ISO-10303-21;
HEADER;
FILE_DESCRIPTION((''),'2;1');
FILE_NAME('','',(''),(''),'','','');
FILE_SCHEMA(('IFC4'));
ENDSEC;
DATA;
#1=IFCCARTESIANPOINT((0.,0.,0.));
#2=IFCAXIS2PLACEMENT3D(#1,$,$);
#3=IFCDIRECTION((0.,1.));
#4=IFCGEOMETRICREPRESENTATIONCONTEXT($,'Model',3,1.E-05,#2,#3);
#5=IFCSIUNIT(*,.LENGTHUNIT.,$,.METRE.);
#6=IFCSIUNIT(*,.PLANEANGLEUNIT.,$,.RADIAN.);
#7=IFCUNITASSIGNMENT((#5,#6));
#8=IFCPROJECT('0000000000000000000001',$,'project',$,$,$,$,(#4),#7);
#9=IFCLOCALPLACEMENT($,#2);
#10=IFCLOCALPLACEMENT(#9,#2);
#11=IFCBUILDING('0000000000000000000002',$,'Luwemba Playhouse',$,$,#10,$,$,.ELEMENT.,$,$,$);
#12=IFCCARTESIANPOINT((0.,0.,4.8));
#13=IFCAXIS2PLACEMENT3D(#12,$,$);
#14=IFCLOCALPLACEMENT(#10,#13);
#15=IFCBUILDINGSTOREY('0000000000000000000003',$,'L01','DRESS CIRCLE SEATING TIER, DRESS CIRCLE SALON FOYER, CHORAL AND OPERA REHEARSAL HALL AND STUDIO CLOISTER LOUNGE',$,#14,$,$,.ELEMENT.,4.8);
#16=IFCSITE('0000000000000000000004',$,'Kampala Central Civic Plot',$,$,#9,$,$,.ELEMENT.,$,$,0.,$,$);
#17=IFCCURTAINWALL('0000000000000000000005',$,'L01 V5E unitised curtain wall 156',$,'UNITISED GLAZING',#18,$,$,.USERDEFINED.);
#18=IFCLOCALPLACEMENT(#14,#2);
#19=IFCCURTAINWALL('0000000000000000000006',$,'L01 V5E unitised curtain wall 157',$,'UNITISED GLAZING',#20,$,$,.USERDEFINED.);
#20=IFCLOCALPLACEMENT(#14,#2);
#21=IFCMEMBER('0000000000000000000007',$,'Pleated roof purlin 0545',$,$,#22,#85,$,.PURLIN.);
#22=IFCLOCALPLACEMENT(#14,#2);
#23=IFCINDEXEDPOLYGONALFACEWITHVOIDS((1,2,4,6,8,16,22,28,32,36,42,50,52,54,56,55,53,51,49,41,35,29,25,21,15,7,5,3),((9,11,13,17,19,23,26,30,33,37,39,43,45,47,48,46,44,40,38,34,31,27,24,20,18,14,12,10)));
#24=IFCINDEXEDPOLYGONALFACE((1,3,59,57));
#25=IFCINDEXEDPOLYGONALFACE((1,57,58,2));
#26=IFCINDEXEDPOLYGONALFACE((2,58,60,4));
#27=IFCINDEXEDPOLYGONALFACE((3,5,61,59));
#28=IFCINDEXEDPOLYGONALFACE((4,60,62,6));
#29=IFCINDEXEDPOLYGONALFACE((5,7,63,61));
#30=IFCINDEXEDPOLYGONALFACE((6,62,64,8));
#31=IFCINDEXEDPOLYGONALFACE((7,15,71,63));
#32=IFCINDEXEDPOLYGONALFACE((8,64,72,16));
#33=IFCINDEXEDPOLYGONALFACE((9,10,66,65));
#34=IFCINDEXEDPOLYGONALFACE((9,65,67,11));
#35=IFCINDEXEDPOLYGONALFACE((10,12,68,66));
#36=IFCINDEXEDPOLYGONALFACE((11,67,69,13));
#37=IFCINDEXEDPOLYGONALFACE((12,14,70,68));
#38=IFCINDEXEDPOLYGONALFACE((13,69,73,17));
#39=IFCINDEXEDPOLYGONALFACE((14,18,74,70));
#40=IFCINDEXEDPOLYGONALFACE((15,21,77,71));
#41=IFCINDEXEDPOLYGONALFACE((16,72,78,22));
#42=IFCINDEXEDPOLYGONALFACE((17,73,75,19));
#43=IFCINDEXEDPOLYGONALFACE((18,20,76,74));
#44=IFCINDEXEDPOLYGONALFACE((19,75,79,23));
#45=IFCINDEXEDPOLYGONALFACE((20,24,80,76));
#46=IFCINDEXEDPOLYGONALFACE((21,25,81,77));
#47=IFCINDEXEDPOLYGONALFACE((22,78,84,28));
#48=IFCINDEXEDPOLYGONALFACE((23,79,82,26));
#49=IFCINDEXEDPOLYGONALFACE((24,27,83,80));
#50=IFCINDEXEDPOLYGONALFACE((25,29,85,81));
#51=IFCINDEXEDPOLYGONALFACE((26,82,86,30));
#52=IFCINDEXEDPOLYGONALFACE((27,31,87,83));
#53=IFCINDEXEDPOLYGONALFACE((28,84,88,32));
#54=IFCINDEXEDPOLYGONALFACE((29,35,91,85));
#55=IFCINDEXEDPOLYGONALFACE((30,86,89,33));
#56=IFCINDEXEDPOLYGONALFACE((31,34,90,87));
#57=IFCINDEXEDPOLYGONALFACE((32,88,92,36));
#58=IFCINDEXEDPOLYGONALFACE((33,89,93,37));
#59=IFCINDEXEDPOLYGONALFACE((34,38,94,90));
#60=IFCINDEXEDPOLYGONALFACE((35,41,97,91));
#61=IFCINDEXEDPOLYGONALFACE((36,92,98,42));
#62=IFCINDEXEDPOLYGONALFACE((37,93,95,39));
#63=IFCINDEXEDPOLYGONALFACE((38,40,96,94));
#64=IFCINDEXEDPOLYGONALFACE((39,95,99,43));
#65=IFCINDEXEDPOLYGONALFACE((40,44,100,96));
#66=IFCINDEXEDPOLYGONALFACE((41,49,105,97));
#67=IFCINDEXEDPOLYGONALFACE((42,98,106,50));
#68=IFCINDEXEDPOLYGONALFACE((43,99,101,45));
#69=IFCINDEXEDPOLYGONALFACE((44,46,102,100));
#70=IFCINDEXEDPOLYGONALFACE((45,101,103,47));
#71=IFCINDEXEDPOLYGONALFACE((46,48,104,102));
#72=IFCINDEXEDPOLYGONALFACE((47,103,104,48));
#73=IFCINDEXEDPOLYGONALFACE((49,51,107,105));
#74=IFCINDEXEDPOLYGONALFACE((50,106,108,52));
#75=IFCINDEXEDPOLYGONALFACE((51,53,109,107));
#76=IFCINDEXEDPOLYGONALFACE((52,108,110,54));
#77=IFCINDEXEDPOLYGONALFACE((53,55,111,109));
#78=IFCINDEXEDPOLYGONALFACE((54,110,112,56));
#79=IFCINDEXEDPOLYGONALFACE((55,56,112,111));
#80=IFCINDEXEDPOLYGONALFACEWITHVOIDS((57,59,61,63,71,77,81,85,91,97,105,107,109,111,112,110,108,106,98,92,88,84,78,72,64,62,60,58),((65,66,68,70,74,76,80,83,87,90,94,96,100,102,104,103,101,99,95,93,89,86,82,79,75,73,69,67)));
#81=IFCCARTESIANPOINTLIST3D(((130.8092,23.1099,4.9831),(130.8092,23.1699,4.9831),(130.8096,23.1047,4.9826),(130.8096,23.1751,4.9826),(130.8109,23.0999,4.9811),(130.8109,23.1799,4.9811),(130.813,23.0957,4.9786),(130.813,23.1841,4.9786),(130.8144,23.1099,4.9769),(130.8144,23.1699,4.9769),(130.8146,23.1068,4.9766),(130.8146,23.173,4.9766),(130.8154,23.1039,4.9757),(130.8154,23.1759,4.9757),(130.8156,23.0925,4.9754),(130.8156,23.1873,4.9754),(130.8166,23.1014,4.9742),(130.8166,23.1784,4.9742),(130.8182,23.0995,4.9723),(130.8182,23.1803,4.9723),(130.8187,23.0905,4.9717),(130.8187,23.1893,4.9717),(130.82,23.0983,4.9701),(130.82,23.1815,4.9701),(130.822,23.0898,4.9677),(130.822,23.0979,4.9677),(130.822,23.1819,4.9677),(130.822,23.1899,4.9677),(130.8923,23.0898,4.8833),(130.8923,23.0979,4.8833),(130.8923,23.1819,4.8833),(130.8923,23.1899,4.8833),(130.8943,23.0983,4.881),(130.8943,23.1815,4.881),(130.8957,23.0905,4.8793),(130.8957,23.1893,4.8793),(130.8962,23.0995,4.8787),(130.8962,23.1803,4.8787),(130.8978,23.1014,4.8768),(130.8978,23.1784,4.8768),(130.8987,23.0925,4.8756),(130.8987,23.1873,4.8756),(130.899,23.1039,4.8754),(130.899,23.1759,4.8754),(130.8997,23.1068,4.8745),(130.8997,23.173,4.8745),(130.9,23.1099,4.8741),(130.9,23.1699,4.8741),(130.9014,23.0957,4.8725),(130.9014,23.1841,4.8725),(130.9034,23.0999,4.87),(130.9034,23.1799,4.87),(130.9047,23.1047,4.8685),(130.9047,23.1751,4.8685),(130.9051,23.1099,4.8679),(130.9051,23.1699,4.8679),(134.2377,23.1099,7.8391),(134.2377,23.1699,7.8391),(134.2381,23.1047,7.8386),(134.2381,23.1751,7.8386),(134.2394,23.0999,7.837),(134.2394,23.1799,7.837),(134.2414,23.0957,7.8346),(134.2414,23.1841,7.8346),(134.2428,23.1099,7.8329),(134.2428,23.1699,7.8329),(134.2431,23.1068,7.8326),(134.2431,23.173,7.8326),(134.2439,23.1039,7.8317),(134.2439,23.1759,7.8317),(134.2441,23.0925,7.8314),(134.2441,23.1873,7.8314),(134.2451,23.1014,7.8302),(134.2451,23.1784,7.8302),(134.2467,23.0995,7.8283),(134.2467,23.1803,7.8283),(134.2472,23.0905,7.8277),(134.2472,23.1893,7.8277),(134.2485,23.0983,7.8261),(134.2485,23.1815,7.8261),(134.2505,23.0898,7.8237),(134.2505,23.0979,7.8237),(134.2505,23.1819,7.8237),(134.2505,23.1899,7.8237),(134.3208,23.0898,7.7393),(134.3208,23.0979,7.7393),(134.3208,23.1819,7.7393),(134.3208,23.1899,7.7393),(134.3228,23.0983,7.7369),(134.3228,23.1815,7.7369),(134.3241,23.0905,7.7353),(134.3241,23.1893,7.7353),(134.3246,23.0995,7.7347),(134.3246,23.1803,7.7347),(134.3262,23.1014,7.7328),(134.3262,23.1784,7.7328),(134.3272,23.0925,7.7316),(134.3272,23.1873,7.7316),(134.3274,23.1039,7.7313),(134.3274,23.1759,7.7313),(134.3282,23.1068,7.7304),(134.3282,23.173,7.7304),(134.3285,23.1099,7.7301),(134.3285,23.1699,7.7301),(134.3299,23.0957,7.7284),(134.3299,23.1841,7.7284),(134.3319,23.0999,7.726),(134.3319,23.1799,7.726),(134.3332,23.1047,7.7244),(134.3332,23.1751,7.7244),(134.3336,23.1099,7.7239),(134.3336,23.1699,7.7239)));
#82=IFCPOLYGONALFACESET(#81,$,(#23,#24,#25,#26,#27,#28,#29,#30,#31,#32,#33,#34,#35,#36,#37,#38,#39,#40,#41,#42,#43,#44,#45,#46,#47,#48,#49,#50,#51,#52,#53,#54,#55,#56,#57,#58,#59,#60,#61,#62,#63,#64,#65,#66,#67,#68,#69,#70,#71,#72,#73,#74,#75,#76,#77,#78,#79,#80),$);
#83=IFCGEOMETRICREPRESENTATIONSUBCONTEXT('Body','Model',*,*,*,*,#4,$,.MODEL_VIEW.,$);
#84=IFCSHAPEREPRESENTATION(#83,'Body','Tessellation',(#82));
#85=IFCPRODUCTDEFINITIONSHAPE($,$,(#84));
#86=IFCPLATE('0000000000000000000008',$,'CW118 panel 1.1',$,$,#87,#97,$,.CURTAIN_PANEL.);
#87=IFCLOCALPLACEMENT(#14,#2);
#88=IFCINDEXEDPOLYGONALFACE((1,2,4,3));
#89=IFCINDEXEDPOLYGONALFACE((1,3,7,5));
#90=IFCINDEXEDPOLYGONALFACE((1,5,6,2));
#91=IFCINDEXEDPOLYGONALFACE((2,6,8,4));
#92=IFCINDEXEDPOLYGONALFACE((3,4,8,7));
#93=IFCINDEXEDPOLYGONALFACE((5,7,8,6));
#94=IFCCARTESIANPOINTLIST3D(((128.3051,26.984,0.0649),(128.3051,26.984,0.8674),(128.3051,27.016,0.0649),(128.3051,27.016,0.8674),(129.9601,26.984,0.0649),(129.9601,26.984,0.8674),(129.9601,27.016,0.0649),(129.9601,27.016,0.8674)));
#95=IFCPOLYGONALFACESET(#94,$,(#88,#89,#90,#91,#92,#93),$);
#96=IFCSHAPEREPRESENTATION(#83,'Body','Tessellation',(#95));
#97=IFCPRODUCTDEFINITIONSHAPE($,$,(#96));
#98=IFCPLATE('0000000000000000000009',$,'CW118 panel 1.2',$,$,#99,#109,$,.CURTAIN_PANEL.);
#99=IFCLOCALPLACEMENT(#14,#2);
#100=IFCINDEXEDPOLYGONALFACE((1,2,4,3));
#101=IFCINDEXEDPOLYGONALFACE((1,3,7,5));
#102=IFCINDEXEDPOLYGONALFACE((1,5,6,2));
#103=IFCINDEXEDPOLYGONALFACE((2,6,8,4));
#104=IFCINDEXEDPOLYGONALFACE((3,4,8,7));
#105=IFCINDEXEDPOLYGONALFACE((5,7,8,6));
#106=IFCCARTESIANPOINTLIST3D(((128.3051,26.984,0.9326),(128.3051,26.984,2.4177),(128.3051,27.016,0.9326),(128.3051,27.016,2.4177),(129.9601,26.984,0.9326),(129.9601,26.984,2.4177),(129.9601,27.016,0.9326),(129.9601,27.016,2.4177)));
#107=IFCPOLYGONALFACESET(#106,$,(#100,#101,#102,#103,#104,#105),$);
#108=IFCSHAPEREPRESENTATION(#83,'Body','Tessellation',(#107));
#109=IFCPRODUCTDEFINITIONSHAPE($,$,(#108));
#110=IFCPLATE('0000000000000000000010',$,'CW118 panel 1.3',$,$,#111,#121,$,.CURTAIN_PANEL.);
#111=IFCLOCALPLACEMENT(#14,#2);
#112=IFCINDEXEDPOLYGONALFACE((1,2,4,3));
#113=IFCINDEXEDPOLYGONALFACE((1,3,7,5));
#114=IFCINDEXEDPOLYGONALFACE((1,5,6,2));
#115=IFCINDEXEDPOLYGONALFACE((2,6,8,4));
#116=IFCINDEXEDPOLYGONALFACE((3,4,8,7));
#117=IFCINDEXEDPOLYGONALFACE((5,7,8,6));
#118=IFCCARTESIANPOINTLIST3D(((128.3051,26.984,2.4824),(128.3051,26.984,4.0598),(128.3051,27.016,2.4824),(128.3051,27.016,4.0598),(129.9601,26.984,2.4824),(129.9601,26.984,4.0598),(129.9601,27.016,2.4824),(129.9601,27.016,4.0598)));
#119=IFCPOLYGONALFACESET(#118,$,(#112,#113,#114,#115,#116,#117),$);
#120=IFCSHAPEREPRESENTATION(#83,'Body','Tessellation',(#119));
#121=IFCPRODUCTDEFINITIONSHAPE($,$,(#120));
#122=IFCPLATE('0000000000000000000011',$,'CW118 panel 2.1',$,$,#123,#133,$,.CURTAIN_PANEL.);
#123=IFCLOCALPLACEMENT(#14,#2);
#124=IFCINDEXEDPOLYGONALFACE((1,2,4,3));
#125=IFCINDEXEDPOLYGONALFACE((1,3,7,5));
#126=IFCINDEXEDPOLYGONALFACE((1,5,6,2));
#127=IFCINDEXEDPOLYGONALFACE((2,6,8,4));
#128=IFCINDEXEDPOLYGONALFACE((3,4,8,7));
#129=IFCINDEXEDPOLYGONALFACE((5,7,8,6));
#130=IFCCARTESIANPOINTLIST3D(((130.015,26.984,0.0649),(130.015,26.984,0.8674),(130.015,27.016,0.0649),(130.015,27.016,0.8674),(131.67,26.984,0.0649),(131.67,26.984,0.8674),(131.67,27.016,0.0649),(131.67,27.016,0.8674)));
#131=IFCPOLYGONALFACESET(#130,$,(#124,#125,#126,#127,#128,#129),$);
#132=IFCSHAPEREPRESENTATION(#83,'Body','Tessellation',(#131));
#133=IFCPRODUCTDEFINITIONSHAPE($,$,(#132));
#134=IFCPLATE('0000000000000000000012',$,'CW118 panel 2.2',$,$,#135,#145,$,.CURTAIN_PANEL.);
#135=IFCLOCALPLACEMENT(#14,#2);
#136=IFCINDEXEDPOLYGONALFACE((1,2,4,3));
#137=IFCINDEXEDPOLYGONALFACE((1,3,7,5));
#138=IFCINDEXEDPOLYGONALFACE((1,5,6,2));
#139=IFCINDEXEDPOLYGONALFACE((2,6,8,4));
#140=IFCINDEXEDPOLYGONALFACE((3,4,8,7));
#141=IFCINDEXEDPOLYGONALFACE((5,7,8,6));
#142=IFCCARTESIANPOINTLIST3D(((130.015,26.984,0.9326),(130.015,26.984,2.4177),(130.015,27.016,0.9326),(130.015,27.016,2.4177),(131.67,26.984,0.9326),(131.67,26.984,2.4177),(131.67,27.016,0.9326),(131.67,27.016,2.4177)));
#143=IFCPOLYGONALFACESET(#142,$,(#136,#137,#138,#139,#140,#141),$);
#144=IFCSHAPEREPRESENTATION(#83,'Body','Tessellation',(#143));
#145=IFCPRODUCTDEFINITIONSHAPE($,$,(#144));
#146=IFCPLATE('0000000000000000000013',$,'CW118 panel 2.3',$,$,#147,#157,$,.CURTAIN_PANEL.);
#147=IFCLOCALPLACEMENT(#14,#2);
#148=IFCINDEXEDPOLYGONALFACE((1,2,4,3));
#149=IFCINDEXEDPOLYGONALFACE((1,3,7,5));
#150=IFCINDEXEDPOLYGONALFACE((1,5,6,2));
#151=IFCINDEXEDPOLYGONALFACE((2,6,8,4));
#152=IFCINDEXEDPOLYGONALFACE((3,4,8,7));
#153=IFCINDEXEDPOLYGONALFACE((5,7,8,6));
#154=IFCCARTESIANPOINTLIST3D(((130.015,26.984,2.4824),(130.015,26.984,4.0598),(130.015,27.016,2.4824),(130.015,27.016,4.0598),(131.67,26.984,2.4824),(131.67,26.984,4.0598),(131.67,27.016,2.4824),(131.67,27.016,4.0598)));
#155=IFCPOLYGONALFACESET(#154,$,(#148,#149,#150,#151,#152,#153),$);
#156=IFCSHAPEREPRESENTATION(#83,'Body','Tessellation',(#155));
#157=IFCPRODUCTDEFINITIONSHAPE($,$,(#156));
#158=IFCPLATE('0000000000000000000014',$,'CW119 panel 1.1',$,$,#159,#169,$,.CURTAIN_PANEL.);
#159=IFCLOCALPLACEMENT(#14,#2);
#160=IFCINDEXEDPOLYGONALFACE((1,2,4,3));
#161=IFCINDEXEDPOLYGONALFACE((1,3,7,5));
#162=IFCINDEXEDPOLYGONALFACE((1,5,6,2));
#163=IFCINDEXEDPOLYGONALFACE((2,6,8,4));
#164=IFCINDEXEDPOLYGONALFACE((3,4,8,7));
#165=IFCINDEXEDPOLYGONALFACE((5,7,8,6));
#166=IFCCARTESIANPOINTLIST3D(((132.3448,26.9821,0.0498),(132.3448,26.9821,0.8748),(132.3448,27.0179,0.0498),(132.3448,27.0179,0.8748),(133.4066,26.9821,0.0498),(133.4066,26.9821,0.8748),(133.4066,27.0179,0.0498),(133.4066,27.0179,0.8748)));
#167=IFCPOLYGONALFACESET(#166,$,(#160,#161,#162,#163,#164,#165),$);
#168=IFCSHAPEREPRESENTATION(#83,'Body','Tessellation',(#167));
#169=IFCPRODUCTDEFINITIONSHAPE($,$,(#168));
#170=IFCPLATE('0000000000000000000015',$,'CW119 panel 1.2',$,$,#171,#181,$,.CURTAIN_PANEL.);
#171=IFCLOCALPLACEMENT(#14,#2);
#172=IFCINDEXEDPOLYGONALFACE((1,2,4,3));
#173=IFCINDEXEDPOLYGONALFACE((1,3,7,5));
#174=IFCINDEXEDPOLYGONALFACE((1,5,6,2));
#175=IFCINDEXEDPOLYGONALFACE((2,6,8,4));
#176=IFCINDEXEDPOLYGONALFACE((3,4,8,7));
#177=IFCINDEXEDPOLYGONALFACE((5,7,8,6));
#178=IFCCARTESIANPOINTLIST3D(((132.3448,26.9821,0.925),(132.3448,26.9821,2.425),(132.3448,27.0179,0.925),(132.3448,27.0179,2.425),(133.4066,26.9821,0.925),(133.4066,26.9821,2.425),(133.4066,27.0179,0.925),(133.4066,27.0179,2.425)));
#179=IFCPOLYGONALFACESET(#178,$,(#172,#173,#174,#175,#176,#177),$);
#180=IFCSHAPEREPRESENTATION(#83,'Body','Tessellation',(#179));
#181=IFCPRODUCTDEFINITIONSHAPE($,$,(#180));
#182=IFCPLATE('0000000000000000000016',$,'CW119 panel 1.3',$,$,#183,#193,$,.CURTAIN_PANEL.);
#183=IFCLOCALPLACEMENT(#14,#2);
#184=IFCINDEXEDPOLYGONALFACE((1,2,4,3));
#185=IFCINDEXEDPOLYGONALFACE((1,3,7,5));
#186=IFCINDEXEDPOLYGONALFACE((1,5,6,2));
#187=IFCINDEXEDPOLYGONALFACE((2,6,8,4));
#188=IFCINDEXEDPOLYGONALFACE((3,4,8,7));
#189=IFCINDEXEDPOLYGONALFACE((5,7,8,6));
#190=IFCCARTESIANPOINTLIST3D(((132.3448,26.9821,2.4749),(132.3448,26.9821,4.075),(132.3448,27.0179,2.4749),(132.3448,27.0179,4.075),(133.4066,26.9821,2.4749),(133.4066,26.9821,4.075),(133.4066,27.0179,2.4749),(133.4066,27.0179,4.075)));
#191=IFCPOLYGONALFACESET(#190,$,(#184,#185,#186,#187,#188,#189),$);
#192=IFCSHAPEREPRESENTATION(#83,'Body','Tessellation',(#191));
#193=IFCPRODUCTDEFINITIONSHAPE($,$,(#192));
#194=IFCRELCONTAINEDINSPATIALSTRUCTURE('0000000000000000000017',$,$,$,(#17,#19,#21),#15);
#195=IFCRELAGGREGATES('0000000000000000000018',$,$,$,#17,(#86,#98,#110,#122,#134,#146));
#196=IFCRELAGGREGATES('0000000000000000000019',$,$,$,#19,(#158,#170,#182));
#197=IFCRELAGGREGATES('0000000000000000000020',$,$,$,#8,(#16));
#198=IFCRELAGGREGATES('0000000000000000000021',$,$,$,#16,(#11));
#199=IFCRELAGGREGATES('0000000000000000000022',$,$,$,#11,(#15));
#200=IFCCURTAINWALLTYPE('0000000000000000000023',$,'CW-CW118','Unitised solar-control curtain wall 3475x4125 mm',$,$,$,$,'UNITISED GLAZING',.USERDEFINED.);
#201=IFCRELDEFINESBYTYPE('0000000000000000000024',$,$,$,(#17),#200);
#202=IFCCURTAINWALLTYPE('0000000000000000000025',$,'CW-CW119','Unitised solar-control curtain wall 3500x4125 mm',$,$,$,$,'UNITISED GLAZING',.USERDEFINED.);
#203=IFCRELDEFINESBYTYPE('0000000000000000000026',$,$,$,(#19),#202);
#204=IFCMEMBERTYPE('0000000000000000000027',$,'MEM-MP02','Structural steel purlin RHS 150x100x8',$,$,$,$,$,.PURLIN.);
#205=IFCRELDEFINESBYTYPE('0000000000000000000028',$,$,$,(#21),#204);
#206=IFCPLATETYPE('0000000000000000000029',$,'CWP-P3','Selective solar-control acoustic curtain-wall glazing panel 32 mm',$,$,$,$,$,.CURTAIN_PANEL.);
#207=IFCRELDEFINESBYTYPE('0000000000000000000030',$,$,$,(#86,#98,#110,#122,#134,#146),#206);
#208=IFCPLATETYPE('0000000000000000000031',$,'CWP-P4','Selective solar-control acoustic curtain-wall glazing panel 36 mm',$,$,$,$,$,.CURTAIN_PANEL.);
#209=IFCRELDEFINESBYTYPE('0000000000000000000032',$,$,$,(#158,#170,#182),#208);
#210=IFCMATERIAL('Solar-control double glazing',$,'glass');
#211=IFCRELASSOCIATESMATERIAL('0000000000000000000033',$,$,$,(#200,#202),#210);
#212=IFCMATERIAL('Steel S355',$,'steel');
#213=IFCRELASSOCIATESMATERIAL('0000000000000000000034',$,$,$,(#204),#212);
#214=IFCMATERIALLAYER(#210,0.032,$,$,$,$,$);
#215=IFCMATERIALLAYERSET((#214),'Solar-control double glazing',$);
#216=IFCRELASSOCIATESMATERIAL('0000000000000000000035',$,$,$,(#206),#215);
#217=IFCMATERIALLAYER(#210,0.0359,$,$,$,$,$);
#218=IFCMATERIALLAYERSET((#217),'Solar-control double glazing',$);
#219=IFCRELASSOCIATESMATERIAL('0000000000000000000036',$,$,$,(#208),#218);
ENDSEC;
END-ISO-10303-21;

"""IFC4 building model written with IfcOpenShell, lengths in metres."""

from ifc_helpers import new_model, si_unit, direction, frame, origin, origin_2d, place, context, subcontext, project, spatial, rectangle, hollow_rectangle, extrude, material, layer, layer_set, material_profile, profile_set, type_object, element, aggregate, save


model = new_model("IFC4")

# Units and contexts
model_context = context("Model", 3, precision=1e-05, world=origin(), true_north=direction((0.0, 1.0)))
body_context = subcontext(model_context, "Body", "Model", "MODEL_VIEW")
ifc_project = project(units=[si_unit("LENGTHUNIT", "METRE"), si_unit("PLANEANGLEUNIT", "RADIAN")], contexts=[model_context])

# Site, building, storey
site_placement = place(None, origin())
site = spatial("IfcSite", under=ifc_project, at=site_placement, Name="Kampala Central Civic Plot", CompositionType="ELEMENT", RefElevation=0.0)
building_placement = place(site_placement, origin())
building = spatial("IfcBuilding", under=site, at=building_placement, Name="Luwemba Playhouse", CompositionType="ELEMENT")
storey_placement = place(building_placement, frame((0.0, 0.0, 4.8)))
storey = spatial("IfcBuildingStorey", under=building, at=storey_placement, Name="L01", Description="DRESS CIRCLE SEATING TIER, DRESS CIRCLE SALON FOYER, CHORAL AND OPERA REHEARSAL HALL AND STUDIO CLOISTER LOUNGE", CompositionType="ELEMENT", Elevation=4.8)

# Shared definitions
ifc_material_1 = material(Name="Steel S355", Category="steel")

# Curtain wall
ifc_material_2 = material(Name="Solar-control double glazing", Category="glass")
curtain_wall_type_1 = type_object("IfcCurtainWallType", Name="CW-CW118", Description="Unitised solar-control curtain wall 3475x4125 mm", ElementType="UNITISED GLAZING", PredefinedType="USERDEFINED", material=ifc_material_2)
curtain_wall_1_placement = place(storey_placement, origin())
curtain_wall_1 = element("IfcCurtainWall", 1, at=curtain_wall_1_placement, inside=storey, type_object=curtain_wall_type_1, Name="L01 V5E unitised curtain wall 156", ObjectType="UNITISED GLAZING", PredefinedType="USERDEFINED")

# Curtain wall
curtain_wall_type_2 = type_object("IfcCurtainWallType", Name="CW-CW119", Description="Unitised solar-control curtain wall 3500x4125 mm", ElementType="UNITISED GLAZING", PredefinedType="USERDEFINED", material=ifc_material_2)
curtain_wall_2_placement = place(storey_placement, origin())
curtain_wall_2 = element("IfcCurtainWall", 2, at=curtain_wall_2_placement, inside=storey, type_object=curtain_wall_type_2, Name="L01 V5E unitised curtain wall 157", ObjectType="UNITISED GLAZING", PredefinedType="USERDEFINED")

# Member
ifc_material_profile_1 = material_profile(ifc_material_1, hollow_rectangle(XDim=0.1001, YDim=0.1499, WallThickness=0.0081, InnerFilletRadius=0.012, OuterFilletRadius=0.02, at=origin_2d()))
ifc_profile_set_1 = profile_set([ifc_material_profile_1], Name="Steel S355")
member_type_1 = type_object("IfcMemberType", Name="MEM-MP02", Description="Structural steel purlin RHS 150x100x8", PredefinedType="PURLIN", material=ifc_profile_set_1)
member_1_placement = place(storey_placement, frame((130.8572, 23.1399, 4.9255), z_axis=(0.768342, 0.0, 0.640039), x_axis=(0.0, 1.0, 0.0)))
element("IfcMember", 3, at=member_1_placement, inside=storey, type_object=member_type_1, Name="Pleated roof purlin 0545", PredefinedType="PURLIN", context=body_context, shape_type="SweptSolid", body=[
    extrude(hollow_rectangle(XDim=0.1001, YDim=0.1499, WallThickness=0.0081, InnerFilletRadius=0.012, OuterFilletRadius=0.02, at=origin_2d()), origin(), (0.0, 0.0, 1.0), 4.4622),
])

# Plates
ifc_layer_1 = layer(ifc_material_2, 0.032)
ifc_layer_set_1 = layer_set([ifc_layer_1], Name="Solar-control double glazing")
plate_type_1 = type_object("IfcPlateType", Name="CWP-P3", Description="Selective solar-control acoustic curtain-wall glazing panel 32 mm", PredefinedType="CURTAIN_PANEL", material=ifc_layer_set_1)
plate_1_placement = place(storey_placement, frame((129.1326, 27.0, 0.0649), z_axis=(0.0, 0.0, 1.0), x_axis=(1.0, 0.0, 0.0)))
plate_1 = element("IfcPlate", 4, at=plate_1_placement, type_object=plate_type_1, Name="CW118 panel 1.1", PredefinedType="CURTAIN_PANEL", context=body_context, shape_type="SweptSolid", body=[
    extrude(rectangle(XDim=1.655, YDim=0.032, at=origin_2d()), origin(), (0.0, 0.0, 1.0), 0.8025),
])
plate_2_placement = place(storey_placement, frame((129.1326, 27.0, 0.9326), z_axis=(0.0, 0.0, 1.0), x_axis=(1.0, 0.0, 0.0)))
plate_2 = element("IfcPlate", 5, at=plate_2_placement, type_object=plate_type_1, Name="CW118 panel 1.2", PredefinedType="CURTAIN_PANEL", context=body_context, shape_type="SweptSolid", body=[
    extrude(rectangle(XDim=1.655, YDim=0.032, at=origin_2d()), origin(), (0.0, 0.0, 1.0), 1.4851),
])
plate_3_placement = place(storey_placement, frame((129.1326, 27.0, 2.4824), z_axis=(0.0, 0.0, 1.0), x_axis=(1.0, 0.0, 0.0)))
plate_3 = element("IfcPlate", 6, at=plate_3_placement, type_object=plate_type_1, Name="CW118 panel 1.3", PredefinedType="CURTAIN_PANEL", context=body_context, shape_type="SweptSolid", body=[
    extrude(rectangle(XDim=1.655, YDim=0.032, at=origin_2d()), origin(), (0.0, 0.0, 1.0), 1.5774),
])
plate_4_placement = place(storey_placement, frame((130.8425, 27.0, 0.0649), z_axis=(0.0, 0.0, 1.0), x_axis=(1.0, 0.0, 0.0)))
plate_4 = element("IfcPlate", 7, at=plate_4_placement, type_object=plate_type_1, Name="CW118 panel 2.1", PredefinedType="CURTAIN_PANEL", context=body_context, shape_type="SweptSolid", body=[
    extrude(rectangle(XDim=1.655, YDim=0.032, at=origin_2d()), origin(), (0.0, 0.0, 1.0), 0.8025),
])
plate_5_placement = place(storey_placement, frame((130.8425, 27.0, 0.9326), z_axis=(0.0, 0.0, 1.0), x_axis=(1.0, 0.0, 0.0)))
plate_5 = element("IfcPlate", 8, at=plate_5_placement, type_object=plate_type_1, Name="CW118 panel 2.2", PredefinedType="CURTAIN_PANEL", context=body_context, shape_type="SweptSolid", body=[
    extrude(rectangle(XDim=1.655, YDim=0.032, at=origin_2d()), origin(), (0.0, 0.0, 1.0), 1.4851),
])
plate_6_placement = place(storey_placement, frame((130.8425, 27.0, 2.4824), z_axis=(0.0, 0.0, 1.0), x_axis=(1.0, 0.0, 0.0)))
plate_6 = element("IfcPlate", 9, at=plate_6_placement, type_object=plate_type_1, Name="CW118 panel 2.3", PredefinedType="CURTAIN_PANEL", context=body_context, shape_type="SweptSolid", body=[
    extrude(rectangle(XDim=1.655, YDim=0.032, at=origin_2d()), origin(), (0.0, 0.0, 1.0), 1.5774),
])
aggregate(curtain_wall_1, [plate_1, plate_2, plate_3, plate_4, plate_5, plate_6])
ifc_layer_2 = layer(ifc_material_2, 0.0359)
ifc_layer_set_2 = layer_set([ifc_layer_2], Name="Solar-control double glazing")
plate_type_2 = type_object("IfcPlateType", Name="CWP-P4", Description="Selective solar-control acoustic curtain-wall glazing panel 36 mm", PredefinedType="CURTAIN_PANEL", material=ifc_layer_set_2)
plate_7_placement = place(storey_placement, frame((132.8757, 27.0, 0.0498), z_axis=(0.0, 0.0, 1.0), x_axis=(1.0, 0.0, 0.0)))
plate_7 = element("IfcPlate", 10, at=plate_7_placement, type_object=plate_type_2, Name="CW119 panel 1.1", PredefinedType="CURTAIN_PANEL", context=body_context, shape_type="SweptSolid", body=[
    extrude(rectangle(XDim=1.0618, YDim=0.0359, at=origin_2d()), origin(), (0.0, 0.0, 1.0), 0.825),
])
plate_8_placement = place(storey_placement, frame((132.8757, 27.0, 0.925), z_axis=(0.0, 0.0, 1.0), x_axis=(1.0, 0.0, 0.0)))
plate_8 = element("IfcPlate", 11, at=plate_8_placement, type_object=plate_type_2, Name="CW119 panel 1.2", PredefinedType="CURTAIN_PANEL", context=body_context, shape_type="SweptSolid", body=[
    extrude(rectangle(XDim=1.0618, YDim=0.0359, at=origin_2d()), origin(), (0.0, 0.0, 1.0), 1.5),
])
plate_9_placement = place(storey_placement, frame((132.8757, 27.0, 2.4749), z_axis=(0.0, 0.0, 1.0), x_axis=(1.0, 0.0, 0.0)))
plate_9 = element("IfcPlate", 12, at=plate_9_placement, type_object=plate_type_2, Name="CW119 panel 1.3", PredefinedType="CURTAIN_PANEL", context=body_context, shape_type="SweptSolid", body=[
    extrude(rectangle(XDim=1.0618, YDim=0.0359, at=origin_2d()), origin(), (0.0, 0.0, 1.0), 1.6001),
])
aggregate(curtain_wall_2, [plate_7, plate_8, plate_9])

save(model, "model.ifc")
